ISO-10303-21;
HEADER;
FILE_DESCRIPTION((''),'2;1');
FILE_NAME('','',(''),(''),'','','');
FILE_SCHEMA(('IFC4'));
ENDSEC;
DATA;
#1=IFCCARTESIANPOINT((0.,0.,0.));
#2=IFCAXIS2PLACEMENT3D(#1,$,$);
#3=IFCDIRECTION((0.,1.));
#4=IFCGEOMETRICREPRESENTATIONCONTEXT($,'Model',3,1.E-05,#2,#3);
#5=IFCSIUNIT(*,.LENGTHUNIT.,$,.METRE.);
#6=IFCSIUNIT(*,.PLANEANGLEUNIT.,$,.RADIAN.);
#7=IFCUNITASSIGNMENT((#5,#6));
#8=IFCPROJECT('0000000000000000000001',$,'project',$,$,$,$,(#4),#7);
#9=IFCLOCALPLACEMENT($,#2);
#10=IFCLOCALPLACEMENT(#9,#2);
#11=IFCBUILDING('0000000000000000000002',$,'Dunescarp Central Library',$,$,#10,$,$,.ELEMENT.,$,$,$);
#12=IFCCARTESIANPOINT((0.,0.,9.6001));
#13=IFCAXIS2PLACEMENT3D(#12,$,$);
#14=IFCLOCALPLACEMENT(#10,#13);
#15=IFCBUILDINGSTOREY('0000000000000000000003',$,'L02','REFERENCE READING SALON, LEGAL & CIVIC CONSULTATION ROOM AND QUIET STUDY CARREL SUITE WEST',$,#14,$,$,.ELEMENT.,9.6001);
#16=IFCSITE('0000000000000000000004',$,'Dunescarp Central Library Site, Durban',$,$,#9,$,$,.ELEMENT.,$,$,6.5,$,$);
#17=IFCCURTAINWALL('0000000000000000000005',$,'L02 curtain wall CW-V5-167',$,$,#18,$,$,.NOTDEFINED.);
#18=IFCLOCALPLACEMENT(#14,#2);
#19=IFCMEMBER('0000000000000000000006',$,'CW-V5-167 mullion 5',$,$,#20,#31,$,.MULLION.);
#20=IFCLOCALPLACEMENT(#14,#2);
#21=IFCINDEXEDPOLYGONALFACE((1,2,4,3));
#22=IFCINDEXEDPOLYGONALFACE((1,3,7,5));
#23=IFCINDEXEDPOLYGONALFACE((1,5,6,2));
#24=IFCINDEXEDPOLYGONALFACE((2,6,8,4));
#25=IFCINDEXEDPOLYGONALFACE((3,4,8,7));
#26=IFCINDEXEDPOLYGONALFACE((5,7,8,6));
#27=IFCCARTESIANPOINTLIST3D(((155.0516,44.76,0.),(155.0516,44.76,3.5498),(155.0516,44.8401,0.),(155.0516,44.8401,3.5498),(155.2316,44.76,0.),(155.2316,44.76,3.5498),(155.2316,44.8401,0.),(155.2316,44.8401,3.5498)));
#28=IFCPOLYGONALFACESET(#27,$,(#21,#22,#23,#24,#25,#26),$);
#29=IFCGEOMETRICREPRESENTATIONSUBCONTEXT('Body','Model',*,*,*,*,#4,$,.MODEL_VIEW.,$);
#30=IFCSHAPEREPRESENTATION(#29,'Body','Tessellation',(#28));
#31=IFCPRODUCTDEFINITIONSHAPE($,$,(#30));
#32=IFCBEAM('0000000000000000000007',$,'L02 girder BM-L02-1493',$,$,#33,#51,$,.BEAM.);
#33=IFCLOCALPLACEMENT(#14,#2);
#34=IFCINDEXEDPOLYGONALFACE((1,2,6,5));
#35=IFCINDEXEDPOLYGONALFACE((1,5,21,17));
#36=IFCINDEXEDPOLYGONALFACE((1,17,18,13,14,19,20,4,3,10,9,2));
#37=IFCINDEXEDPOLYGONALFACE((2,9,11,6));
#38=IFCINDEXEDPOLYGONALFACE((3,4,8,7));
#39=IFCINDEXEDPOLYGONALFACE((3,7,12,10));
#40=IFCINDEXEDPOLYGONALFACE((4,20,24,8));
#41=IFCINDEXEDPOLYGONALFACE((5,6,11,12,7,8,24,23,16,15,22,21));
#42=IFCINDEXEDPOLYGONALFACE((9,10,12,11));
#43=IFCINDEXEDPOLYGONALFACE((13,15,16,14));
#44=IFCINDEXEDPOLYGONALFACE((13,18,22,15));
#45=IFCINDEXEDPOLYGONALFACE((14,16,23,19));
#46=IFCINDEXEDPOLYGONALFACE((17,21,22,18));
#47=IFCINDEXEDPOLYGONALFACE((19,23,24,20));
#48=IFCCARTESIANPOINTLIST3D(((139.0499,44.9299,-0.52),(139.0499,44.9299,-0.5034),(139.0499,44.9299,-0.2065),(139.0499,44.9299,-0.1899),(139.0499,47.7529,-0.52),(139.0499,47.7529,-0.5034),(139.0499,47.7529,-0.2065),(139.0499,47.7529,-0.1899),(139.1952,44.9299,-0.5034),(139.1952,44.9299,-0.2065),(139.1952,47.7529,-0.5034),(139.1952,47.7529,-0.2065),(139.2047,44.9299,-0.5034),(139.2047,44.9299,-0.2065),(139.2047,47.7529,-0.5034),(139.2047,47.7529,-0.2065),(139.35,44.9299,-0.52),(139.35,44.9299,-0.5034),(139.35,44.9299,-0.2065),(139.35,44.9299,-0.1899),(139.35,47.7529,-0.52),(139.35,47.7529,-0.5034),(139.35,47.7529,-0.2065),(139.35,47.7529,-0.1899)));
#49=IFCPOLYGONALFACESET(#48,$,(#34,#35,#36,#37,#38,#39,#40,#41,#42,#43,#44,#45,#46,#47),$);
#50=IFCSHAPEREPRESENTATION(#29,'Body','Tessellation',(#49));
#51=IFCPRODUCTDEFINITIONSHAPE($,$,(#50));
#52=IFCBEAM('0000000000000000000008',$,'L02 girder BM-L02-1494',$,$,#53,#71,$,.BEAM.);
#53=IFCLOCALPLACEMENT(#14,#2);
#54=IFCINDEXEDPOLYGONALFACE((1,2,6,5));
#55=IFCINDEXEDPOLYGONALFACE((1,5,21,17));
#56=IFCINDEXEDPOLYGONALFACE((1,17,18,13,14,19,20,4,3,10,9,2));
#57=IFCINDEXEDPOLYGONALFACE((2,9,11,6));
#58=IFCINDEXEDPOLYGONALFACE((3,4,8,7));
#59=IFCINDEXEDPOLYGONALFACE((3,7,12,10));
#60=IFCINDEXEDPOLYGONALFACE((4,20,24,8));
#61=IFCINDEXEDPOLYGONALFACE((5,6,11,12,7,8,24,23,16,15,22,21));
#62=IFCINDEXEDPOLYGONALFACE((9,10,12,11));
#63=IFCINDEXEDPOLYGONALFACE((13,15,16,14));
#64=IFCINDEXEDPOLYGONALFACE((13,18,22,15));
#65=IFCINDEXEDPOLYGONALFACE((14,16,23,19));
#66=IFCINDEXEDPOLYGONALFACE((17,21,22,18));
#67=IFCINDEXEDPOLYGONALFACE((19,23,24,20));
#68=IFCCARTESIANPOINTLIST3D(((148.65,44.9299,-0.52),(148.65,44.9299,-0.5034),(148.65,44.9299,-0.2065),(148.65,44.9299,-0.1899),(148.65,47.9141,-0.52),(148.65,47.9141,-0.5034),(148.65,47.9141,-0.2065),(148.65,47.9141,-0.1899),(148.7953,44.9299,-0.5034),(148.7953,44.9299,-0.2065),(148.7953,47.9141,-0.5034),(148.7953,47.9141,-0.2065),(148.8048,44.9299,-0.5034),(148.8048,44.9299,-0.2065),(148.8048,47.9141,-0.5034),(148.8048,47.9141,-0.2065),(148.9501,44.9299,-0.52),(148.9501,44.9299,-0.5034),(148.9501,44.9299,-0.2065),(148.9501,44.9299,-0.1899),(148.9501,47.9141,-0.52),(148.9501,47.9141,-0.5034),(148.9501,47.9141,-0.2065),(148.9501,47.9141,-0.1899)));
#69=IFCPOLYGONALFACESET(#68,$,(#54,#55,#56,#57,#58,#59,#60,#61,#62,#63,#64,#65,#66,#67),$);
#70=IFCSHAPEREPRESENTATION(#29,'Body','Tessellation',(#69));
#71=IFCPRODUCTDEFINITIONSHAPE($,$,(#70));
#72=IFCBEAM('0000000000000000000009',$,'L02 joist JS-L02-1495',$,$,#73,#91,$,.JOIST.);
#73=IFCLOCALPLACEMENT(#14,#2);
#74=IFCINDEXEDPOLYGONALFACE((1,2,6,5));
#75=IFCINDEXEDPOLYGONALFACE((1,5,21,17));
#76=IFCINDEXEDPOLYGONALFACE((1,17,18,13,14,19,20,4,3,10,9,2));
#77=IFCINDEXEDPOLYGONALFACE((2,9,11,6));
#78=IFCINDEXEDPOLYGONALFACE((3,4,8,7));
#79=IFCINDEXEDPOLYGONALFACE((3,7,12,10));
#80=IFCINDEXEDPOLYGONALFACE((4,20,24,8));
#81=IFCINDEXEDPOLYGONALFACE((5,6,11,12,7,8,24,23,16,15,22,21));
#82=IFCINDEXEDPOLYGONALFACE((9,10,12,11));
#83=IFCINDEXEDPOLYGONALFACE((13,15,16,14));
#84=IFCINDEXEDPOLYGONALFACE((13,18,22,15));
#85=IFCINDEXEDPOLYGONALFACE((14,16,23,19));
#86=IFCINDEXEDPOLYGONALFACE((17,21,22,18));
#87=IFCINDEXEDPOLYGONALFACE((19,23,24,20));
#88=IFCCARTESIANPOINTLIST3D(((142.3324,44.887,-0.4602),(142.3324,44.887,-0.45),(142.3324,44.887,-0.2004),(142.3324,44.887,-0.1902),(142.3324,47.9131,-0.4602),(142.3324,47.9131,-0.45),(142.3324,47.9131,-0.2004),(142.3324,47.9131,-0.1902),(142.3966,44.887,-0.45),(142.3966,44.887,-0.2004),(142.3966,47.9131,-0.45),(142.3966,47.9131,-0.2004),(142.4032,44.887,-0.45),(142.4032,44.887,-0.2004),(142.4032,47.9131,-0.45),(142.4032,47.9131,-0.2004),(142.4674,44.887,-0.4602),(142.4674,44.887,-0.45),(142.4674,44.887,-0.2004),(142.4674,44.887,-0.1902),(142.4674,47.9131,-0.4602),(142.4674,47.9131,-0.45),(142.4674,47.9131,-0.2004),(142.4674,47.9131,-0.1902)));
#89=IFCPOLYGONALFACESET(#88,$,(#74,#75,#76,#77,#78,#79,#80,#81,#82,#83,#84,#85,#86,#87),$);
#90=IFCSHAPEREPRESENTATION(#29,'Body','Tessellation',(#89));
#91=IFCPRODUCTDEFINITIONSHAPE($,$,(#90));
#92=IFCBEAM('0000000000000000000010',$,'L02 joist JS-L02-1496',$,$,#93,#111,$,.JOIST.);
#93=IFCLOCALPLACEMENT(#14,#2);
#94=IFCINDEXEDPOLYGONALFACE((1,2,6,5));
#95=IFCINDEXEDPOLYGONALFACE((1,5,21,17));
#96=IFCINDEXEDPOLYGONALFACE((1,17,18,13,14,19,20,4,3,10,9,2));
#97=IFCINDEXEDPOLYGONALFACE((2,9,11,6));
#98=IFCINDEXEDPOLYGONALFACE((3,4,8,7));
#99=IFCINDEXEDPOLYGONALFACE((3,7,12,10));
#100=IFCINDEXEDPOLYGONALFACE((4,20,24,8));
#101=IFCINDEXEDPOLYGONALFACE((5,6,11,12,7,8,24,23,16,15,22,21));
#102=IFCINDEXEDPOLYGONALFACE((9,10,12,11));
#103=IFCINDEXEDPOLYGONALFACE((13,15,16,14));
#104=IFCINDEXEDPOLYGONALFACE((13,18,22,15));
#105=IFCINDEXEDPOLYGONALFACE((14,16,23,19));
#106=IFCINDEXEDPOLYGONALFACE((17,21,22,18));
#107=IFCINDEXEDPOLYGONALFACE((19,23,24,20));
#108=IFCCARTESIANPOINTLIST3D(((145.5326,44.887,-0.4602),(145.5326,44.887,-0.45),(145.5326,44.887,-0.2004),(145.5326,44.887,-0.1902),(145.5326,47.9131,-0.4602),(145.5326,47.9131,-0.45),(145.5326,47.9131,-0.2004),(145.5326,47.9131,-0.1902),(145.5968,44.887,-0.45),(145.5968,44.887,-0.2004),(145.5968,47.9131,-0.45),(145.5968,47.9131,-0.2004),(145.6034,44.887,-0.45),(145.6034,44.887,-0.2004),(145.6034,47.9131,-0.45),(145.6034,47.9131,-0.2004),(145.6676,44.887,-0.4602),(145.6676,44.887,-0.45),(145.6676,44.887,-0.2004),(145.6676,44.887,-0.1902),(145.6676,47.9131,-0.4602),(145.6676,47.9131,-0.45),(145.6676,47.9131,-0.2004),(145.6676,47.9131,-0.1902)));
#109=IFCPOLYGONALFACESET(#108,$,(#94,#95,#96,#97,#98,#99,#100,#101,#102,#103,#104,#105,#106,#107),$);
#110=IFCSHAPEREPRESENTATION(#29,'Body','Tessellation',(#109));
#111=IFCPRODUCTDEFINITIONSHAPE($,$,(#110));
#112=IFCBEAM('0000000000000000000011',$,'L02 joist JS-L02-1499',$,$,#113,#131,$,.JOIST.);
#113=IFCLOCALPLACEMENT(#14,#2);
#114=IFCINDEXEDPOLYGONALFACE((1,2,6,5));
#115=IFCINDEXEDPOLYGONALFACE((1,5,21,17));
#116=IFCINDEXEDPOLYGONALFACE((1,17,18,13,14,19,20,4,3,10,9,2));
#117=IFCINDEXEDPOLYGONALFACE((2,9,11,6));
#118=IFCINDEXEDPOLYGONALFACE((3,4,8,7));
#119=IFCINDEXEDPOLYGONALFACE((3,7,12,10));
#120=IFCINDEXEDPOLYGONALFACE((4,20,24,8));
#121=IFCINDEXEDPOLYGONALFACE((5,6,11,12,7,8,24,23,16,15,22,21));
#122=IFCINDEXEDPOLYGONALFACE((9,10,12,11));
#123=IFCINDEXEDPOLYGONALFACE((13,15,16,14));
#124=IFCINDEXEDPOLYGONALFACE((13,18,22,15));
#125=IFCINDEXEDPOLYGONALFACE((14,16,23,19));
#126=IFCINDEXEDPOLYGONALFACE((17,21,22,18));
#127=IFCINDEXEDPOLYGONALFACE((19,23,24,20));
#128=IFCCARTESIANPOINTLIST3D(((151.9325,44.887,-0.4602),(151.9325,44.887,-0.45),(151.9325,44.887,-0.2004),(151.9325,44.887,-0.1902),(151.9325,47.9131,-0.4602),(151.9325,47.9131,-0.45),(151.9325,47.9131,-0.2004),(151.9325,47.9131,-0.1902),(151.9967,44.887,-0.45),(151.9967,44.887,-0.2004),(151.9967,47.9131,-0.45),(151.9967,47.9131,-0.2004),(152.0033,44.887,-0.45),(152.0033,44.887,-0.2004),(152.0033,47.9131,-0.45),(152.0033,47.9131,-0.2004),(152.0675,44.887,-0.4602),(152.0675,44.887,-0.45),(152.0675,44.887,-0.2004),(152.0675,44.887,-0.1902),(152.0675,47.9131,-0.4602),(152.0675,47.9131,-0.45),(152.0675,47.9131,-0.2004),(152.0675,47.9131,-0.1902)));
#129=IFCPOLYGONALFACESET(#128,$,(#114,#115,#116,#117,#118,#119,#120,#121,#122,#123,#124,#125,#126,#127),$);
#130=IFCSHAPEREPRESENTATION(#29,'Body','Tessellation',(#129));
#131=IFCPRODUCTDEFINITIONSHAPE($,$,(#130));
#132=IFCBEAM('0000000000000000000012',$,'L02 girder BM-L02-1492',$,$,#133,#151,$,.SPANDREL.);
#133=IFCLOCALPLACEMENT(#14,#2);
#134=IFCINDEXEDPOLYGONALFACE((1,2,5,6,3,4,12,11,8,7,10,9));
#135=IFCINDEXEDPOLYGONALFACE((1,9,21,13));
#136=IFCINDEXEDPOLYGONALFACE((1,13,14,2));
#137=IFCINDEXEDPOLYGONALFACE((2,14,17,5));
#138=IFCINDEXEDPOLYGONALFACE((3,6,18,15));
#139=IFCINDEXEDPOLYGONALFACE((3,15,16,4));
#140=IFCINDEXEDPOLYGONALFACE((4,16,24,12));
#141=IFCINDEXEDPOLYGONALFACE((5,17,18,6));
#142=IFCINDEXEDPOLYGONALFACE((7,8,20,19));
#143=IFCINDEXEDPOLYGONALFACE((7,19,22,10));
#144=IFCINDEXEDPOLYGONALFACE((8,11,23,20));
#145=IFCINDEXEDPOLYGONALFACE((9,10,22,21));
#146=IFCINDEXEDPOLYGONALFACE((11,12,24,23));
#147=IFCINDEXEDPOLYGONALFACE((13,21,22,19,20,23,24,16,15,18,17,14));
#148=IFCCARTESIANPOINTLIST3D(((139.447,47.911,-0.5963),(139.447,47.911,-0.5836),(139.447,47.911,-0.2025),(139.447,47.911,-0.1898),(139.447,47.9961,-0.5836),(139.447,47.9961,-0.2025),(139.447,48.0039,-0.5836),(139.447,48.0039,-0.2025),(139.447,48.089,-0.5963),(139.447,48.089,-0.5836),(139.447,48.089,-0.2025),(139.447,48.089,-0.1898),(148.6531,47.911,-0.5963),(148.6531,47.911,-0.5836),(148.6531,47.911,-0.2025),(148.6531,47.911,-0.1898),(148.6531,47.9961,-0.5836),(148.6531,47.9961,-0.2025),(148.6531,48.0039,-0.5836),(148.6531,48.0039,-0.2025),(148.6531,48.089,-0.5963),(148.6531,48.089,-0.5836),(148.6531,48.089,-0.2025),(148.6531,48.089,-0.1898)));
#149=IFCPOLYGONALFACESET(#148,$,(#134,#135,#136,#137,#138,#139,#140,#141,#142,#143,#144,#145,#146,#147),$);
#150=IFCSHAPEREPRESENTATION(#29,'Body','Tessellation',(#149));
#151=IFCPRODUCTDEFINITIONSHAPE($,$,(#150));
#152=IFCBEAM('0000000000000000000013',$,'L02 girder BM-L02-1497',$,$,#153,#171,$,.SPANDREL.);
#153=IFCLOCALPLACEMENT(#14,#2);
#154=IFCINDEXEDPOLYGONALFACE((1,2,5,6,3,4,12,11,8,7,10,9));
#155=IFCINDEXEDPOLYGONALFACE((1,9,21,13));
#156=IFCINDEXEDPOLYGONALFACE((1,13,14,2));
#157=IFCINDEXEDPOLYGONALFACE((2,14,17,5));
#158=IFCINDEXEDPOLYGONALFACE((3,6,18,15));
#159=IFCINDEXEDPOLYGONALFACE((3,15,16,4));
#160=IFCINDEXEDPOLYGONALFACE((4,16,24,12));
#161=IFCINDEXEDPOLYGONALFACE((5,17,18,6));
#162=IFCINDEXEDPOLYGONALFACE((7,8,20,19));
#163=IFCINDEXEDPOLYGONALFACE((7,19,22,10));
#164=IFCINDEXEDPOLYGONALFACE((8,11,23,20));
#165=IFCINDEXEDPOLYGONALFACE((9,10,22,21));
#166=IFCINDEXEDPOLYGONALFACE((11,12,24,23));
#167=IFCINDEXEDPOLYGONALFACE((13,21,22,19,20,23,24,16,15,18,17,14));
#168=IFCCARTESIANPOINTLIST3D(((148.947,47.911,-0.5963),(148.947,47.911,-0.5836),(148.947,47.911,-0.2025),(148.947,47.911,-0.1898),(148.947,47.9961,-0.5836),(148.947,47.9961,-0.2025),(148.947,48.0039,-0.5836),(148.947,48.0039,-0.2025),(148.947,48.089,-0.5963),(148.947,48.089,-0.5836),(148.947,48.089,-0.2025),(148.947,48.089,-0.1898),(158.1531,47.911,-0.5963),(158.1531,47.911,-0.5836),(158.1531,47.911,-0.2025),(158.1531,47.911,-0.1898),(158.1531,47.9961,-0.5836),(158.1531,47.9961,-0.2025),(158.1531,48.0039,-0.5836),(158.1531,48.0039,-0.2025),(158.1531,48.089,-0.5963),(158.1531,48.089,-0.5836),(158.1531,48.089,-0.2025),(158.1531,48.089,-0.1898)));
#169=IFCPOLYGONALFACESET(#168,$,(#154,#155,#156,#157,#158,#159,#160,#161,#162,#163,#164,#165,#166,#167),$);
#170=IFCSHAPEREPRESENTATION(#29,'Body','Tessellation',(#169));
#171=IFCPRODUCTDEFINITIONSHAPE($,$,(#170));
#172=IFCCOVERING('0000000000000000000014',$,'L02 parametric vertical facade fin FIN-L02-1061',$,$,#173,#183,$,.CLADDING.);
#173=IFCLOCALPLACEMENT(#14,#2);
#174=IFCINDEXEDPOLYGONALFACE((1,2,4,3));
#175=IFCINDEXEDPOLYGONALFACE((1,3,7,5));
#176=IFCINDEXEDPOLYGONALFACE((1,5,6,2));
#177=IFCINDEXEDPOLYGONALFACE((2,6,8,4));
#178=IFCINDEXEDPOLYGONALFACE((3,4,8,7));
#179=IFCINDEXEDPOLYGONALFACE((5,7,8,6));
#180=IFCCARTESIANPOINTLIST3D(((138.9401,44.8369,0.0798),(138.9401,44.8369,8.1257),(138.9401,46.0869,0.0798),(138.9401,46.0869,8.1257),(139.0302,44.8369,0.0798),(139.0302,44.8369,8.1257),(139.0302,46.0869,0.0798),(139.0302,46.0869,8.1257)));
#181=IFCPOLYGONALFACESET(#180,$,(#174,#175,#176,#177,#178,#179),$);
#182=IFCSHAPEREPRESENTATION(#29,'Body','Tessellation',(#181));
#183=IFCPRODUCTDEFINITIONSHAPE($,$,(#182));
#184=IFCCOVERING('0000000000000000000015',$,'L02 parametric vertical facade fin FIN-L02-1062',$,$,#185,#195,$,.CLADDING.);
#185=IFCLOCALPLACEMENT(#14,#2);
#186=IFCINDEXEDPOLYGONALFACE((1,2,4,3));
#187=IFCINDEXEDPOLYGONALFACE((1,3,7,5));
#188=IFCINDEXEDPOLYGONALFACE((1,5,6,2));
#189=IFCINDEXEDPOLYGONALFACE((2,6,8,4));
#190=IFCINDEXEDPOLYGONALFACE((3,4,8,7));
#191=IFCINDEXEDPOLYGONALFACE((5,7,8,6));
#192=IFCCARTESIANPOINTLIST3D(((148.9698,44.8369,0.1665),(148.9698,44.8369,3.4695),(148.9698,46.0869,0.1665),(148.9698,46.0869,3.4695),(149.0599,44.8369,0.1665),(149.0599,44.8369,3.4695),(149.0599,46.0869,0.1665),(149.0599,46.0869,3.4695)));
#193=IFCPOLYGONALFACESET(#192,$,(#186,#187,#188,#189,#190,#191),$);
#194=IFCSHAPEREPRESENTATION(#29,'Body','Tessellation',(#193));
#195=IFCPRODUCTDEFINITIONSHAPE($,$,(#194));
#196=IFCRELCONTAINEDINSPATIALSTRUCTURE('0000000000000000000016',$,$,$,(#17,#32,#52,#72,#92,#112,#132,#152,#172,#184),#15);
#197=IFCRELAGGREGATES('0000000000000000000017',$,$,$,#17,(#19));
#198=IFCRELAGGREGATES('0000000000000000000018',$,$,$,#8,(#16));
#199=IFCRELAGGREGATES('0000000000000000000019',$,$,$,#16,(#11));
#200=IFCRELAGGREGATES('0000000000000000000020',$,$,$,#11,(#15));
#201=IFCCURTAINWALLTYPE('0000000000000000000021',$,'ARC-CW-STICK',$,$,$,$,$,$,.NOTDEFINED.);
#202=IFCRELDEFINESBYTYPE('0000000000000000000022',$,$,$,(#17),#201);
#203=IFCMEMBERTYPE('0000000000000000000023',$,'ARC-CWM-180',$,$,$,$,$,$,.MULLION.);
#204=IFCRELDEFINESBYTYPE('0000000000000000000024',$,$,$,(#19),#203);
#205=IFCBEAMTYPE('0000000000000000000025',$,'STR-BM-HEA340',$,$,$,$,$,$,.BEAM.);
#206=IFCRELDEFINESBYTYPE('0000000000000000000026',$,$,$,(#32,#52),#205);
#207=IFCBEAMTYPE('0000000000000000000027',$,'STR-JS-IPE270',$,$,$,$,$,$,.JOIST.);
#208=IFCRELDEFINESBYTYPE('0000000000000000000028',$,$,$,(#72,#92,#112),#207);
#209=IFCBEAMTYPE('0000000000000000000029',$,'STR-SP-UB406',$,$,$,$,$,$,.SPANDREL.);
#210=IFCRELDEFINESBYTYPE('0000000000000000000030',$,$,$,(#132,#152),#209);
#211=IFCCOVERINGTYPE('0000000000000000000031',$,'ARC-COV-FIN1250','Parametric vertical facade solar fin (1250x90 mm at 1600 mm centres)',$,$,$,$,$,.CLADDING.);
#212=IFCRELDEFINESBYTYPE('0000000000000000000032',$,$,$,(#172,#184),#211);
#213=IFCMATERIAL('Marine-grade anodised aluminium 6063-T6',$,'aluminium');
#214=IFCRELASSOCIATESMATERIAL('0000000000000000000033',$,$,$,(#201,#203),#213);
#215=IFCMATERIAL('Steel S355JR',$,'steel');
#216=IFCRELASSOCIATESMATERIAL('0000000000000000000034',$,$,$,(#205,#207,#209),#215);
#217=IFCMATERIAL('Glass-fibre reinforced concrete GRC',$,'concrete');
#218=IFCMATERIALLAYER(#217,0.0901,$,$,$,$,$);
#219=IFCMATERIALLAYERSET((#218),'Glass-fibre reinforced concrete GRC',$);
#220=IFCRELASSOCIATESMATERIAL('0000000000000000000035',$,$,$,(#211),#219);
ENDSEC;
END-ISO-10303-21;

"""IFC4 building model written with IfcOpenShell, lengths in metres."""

from ifc_helpers import new_model, si_unit, direction, frame, origin, origin_2d, place, context, subcontext, project, spatial, rectangle, i_section, extrude, material, layer, layer_set, material_profile, profile_set, type_object, element, aggregate, save


model = new_model("IFC4")

# Units and contexts
model_context = context("Model", 3, precision=1e-05, world=origin(), true_north=direction((0.0, 1.0)))
body_context = subcontext(model_context, "Body", "Model", "MODEL_VIEW")
ifc_project = project(units=[si_unit("LENGTHUNIT", "METRE"), si_unit("PLANEANGLEUNIT", "RADIAN")], contexts=[model_context])

# Site, building, storey
site_placement = place(None, origin())
site = spatial("IfcSite", under=ifc_project, at=site_placement, Name="Dunescarp Central Library Site, Durban", CompositionType="ELEMENT", RefElevation=6.5)
building_placement = place(site_placement, origin())
building = spatial("IfcBuilding", under=site, at=building_placement, Name="Dunescarp Central Library", CompositionType="ELEMENT")
storey_placement = place(building_placement, frame((0.0, 0.0, 9.6001)))
storey = spatial("IfcBuildingStorey", under=building, at=storey_placement, Name="L02", Description="REFERENCE READING SALON, LEGAL & CIVIC CONSULTATION ROOM AND QUIET STUDY CARREL SUITE WEST", CompositionType="ELEMENT", Elevation=9.6001)

# Curtain wall, member
ifc_material_1 = material(Name="Marine-grade anodised aluminium 6063-T6", Category="aluminium")
curtain_wall_type = type_object("IfcCurtainWallType", Name="ARC-CW-STICK", PredefinedType="NOTDEFINED", material=ifc_material_1)
curtain_wall_placement = place(storey_placement, origin())
curtain_wall = element("IfcCurtainWall", 1, at=curtain_wall_placement, inside=storey, type_object=curtain_wall_type, Name="L02 curtain wall CW-V5-167", PredefinedType="NOTDEFINED")
ifc_material_profile_1 = material_profile(ifc_material_1, rectangle(XDim=0.0801, YDim=0.1799, at=origin_2d()), Name="AL 80x180")
ifc_profile_set_1 = profile_set([ifc_material_profile_1], Name="Marine-grade anodised aluminium 6063-T6")
member_type = type_object("IfcMemberType", Name="ARC-CWM-180", PredefinedType="MULLION", material=ifc_profile_set_1)
member_placement = place(storey_placement, frame((155.1416, 44.8, 0.0), z_axis=(0.0, 0.0, 1.0), x_axis=(0.0, 1.0, 0.0)))
member = element("IfcMember", 2, at=member_placement, type_object=member_type, Name="CW-V5-167 mullion 5", PredefinedType="MULLION", context=body_context, shape_type="SweptSolid", body=[
    extrude(rectangle(XDim=0.0801, YDim=0.1799, at=origin_2d()), origin(), (0.0, 0.0, 1.0), 3.5498),
])
aggregate(curtain_wall, [member])

# Beams
ifc_material_2 = material(Name="Steel S355JR", Category="steel")
ifc_material_profile_2 = material_profile(ifc_material_2, i_section(OverallWidth=0.3, OverallDepth=0.3301, WebThickness=0.0095, FlangeThickness=0.0166, at=origin_2d()), Name="HEA 340")
ifc_profile_set_2 = profile_set([ifc_material_profile_2], Name="Steel S355JR")
beam_type_1 = type_object("IfcBeamType", Name="STR-BM-HEA340", PredefinedType="BEAM", material=ifc_profile_set_2)
beam_1_placement = place(storey_placement, frame((139.2, 44.9299, -0.355), z_axis=(0.0, 1.0, 0.0), x_axis=(-1.0, 0.0, 0.0)))
element("IfcBeam", 3, at=beam_1_placement, inside=storey, type_object=beam_type_1, Name="L02 girder BM-L02-1493", PredefinedType="BEAM", context=body_context, shape_type="SweptSolid", body=[
    extrude(i_section(OverallWidth=0.3, OverallDepth=0.3301, WebThickness=0.0095, FlangeThickness=0.0166, at=origin_2d()), origin(), (0.0, 0.0, 1.0), 2.823),
])
beam_2_placement = place(storey_placement, frame((148.8, 44.9299, -0.355), z_axis=(0.0, 1.0, 0.0), x_axis=(-1.0, 0.0, 0.0)))
element("IfcBeam", 4, at=beam_2_placement, inside=storey, type_object=beam_type_1, Name="L02 girder BM-L02-1494", PredefinedType="BEAM", context=body_context, shape_type="SweptSolid", body=[
    extrude(i_section(OverallWidth=0.3, OverallDepth=0.3301, WebThickness=0.0095, FlangeThickness=0.0166, at=origin_2d()), origin(), (0.0, 0.0, 1.0), 2.9841),
])
ifc_material_profile_3 = material_profile(ifc_material_2, i_section(OverallWidth=0.135, OverallDepth=0.27, WebThickness=0.0066, FlangeThickness=0.0103, at=origin_2d()), Name="IPE 270")
ifc_profile_set_3 = profile_set([ifc_material_profile_3], Name="Steel S355JR")
beam_type_2 = type_object("IfcBeamType", Name="STR-JS-IPE270", PredefinedType="JOIST", material=ifc_profile_set_3)
for number, where, z_axis, x_axis, name in (
    (5, (142.3999, 44.887, -0.3252), (0.0, 1.0, 0.0), (-1.0, 0.0, 0.0), "L02 joist JS-L02-1495"),
    (6, (145.6001, 44.887, -0.3252), (0.0, 1.0, 0.0), (-1.0, 0.0, 0.0), "L02 joist JS-L02-1496"),
    (7, (152.0, 44.887, -0.3252), (0.0, 1.0, 0.0), (-1.0, 0.0, 0.0), "L02 joist JS-L02-1499"),
):
    element("IfcBeam", number, at=place(storey_placement, frame(where, z_axis=z_axis, x_axis=x_axis)), inside=storey, type_object=beam_type_2, Name=name, PredefinedType="JOIST", context=body_context, shape_type="SweptSolid", body=[
        extrude(i_section(OverallWidth=0.135, OverallDepth=0.27, WebThickness=0.0066, FlangeThickness=0.0103, at=origin_2d()), origin(), (0.0, 0.0, 1.0), 3.0261),
    ])
ifc_material_profile_4 = material_profile(ifc_material_2, i_section(OverallWidth=0.178, OverallDepth=0.4065, WebThickness=0.0078, FlangeThickness=0.0127, at=origin_2d()), Name="UB 406x178x60")
ifc_profile_set_4 = profile_set([ifc_material_profile_4], Name="Steel S355JR")
beam_type_3 = type_object("IfcBeamType", Name="STR-SP-UB406", PredefinedType="SPANDREL", material=ifc_profile_set_4)
for number, where, z_axis, x_axis, name in (
    (8, (139.447, 48.0, -0.3931), (1.0, 0.0, 0.0), (0.0, 1.0, 0.0), "L02 girder BM-L02-1492"),
    (9, (148.947, 48.0, -0.3931), (1.0, 0.0, 0.0), (0.0, 1.0, 0.0), "L02 girder BM-L02-1497"),
):
    element("IfcBeam", number, at=place(storey_placement, frame(where, z_axis=z_axis, x_axis=x_axis)), inside=storey, type_object=beam_type_3, Name=name, PredefinedType="SPANDREL", context=body_context, shape_type="SweptSolid", body=[
        extrude(i_section(OverallWidth=0.178, OverallDepth=0.4065, WebThickness=0.0078, FlangeThickness=0.0127, at=origin_2d()), origin(), (0.0, 0.0, 1.0), 9.2061),
    ])

# Coverings
ifc_material_3 = material(Name="Glass-fibre reinforced concrete GRC", Category="concrete")
ifc_layer = layer(ifc_material_3, 0.0901)
ifc_layer_set = layer_set([ifc_layer], Name="Glass-fibre reinforced concrete GRC")
covering_type = type_object("IfcCoveringType", Name="ARC-COV-FIN1250", Description="Parametric vertical facade solar fin (1250x90 mm at 1600 mm centres)", PredefinedType="CLADDING", material=ifc_layer_set)
covering_1_placement = place(storey_placement, frame((138.9851, 45.4619, 0.0798), z_axis=(0.0, 0.0, 1.0), x_axis=(0.0, 1.0, 0.0)))
element("IfcCovering", 10, at=covering_1_placement, inside=storey, type_object=covering_type, Name="L02 parametric vertical facade fin FIN-L02-1061", PredefinedType="CLADDING", context=body_context, shape_type="SweptSolid", body=[
    extrude(rectangle(XDim=1.25, YDim=0.0901, at=origin_2d()), origin(), (0.0, 0.0, 1.0), 8.0459),
])
covering_2_placement = place(storey_placement, frame((149.0149, 45.4619, 0.1665), z_axis=(0.0, 0.0, 1.0), x_axis=(0.0, 1.0, 0.0)))
element("IfcCovering", 11, at=covering_2_placement, inside=storey, type_object=covering_type, Name="L02 parametric vertical facade fin FIN-L02-1062", PredefinedType="CLADDING", context=body_context, shape_type="SweptSolid", body=[
    extrude(rectangle(XDim=1.25, YDim=0.0901, at=origin_2d()), origin(), (0.0, 0.0, 1.0), 3.303),
])

save(model, "model.ifc")
